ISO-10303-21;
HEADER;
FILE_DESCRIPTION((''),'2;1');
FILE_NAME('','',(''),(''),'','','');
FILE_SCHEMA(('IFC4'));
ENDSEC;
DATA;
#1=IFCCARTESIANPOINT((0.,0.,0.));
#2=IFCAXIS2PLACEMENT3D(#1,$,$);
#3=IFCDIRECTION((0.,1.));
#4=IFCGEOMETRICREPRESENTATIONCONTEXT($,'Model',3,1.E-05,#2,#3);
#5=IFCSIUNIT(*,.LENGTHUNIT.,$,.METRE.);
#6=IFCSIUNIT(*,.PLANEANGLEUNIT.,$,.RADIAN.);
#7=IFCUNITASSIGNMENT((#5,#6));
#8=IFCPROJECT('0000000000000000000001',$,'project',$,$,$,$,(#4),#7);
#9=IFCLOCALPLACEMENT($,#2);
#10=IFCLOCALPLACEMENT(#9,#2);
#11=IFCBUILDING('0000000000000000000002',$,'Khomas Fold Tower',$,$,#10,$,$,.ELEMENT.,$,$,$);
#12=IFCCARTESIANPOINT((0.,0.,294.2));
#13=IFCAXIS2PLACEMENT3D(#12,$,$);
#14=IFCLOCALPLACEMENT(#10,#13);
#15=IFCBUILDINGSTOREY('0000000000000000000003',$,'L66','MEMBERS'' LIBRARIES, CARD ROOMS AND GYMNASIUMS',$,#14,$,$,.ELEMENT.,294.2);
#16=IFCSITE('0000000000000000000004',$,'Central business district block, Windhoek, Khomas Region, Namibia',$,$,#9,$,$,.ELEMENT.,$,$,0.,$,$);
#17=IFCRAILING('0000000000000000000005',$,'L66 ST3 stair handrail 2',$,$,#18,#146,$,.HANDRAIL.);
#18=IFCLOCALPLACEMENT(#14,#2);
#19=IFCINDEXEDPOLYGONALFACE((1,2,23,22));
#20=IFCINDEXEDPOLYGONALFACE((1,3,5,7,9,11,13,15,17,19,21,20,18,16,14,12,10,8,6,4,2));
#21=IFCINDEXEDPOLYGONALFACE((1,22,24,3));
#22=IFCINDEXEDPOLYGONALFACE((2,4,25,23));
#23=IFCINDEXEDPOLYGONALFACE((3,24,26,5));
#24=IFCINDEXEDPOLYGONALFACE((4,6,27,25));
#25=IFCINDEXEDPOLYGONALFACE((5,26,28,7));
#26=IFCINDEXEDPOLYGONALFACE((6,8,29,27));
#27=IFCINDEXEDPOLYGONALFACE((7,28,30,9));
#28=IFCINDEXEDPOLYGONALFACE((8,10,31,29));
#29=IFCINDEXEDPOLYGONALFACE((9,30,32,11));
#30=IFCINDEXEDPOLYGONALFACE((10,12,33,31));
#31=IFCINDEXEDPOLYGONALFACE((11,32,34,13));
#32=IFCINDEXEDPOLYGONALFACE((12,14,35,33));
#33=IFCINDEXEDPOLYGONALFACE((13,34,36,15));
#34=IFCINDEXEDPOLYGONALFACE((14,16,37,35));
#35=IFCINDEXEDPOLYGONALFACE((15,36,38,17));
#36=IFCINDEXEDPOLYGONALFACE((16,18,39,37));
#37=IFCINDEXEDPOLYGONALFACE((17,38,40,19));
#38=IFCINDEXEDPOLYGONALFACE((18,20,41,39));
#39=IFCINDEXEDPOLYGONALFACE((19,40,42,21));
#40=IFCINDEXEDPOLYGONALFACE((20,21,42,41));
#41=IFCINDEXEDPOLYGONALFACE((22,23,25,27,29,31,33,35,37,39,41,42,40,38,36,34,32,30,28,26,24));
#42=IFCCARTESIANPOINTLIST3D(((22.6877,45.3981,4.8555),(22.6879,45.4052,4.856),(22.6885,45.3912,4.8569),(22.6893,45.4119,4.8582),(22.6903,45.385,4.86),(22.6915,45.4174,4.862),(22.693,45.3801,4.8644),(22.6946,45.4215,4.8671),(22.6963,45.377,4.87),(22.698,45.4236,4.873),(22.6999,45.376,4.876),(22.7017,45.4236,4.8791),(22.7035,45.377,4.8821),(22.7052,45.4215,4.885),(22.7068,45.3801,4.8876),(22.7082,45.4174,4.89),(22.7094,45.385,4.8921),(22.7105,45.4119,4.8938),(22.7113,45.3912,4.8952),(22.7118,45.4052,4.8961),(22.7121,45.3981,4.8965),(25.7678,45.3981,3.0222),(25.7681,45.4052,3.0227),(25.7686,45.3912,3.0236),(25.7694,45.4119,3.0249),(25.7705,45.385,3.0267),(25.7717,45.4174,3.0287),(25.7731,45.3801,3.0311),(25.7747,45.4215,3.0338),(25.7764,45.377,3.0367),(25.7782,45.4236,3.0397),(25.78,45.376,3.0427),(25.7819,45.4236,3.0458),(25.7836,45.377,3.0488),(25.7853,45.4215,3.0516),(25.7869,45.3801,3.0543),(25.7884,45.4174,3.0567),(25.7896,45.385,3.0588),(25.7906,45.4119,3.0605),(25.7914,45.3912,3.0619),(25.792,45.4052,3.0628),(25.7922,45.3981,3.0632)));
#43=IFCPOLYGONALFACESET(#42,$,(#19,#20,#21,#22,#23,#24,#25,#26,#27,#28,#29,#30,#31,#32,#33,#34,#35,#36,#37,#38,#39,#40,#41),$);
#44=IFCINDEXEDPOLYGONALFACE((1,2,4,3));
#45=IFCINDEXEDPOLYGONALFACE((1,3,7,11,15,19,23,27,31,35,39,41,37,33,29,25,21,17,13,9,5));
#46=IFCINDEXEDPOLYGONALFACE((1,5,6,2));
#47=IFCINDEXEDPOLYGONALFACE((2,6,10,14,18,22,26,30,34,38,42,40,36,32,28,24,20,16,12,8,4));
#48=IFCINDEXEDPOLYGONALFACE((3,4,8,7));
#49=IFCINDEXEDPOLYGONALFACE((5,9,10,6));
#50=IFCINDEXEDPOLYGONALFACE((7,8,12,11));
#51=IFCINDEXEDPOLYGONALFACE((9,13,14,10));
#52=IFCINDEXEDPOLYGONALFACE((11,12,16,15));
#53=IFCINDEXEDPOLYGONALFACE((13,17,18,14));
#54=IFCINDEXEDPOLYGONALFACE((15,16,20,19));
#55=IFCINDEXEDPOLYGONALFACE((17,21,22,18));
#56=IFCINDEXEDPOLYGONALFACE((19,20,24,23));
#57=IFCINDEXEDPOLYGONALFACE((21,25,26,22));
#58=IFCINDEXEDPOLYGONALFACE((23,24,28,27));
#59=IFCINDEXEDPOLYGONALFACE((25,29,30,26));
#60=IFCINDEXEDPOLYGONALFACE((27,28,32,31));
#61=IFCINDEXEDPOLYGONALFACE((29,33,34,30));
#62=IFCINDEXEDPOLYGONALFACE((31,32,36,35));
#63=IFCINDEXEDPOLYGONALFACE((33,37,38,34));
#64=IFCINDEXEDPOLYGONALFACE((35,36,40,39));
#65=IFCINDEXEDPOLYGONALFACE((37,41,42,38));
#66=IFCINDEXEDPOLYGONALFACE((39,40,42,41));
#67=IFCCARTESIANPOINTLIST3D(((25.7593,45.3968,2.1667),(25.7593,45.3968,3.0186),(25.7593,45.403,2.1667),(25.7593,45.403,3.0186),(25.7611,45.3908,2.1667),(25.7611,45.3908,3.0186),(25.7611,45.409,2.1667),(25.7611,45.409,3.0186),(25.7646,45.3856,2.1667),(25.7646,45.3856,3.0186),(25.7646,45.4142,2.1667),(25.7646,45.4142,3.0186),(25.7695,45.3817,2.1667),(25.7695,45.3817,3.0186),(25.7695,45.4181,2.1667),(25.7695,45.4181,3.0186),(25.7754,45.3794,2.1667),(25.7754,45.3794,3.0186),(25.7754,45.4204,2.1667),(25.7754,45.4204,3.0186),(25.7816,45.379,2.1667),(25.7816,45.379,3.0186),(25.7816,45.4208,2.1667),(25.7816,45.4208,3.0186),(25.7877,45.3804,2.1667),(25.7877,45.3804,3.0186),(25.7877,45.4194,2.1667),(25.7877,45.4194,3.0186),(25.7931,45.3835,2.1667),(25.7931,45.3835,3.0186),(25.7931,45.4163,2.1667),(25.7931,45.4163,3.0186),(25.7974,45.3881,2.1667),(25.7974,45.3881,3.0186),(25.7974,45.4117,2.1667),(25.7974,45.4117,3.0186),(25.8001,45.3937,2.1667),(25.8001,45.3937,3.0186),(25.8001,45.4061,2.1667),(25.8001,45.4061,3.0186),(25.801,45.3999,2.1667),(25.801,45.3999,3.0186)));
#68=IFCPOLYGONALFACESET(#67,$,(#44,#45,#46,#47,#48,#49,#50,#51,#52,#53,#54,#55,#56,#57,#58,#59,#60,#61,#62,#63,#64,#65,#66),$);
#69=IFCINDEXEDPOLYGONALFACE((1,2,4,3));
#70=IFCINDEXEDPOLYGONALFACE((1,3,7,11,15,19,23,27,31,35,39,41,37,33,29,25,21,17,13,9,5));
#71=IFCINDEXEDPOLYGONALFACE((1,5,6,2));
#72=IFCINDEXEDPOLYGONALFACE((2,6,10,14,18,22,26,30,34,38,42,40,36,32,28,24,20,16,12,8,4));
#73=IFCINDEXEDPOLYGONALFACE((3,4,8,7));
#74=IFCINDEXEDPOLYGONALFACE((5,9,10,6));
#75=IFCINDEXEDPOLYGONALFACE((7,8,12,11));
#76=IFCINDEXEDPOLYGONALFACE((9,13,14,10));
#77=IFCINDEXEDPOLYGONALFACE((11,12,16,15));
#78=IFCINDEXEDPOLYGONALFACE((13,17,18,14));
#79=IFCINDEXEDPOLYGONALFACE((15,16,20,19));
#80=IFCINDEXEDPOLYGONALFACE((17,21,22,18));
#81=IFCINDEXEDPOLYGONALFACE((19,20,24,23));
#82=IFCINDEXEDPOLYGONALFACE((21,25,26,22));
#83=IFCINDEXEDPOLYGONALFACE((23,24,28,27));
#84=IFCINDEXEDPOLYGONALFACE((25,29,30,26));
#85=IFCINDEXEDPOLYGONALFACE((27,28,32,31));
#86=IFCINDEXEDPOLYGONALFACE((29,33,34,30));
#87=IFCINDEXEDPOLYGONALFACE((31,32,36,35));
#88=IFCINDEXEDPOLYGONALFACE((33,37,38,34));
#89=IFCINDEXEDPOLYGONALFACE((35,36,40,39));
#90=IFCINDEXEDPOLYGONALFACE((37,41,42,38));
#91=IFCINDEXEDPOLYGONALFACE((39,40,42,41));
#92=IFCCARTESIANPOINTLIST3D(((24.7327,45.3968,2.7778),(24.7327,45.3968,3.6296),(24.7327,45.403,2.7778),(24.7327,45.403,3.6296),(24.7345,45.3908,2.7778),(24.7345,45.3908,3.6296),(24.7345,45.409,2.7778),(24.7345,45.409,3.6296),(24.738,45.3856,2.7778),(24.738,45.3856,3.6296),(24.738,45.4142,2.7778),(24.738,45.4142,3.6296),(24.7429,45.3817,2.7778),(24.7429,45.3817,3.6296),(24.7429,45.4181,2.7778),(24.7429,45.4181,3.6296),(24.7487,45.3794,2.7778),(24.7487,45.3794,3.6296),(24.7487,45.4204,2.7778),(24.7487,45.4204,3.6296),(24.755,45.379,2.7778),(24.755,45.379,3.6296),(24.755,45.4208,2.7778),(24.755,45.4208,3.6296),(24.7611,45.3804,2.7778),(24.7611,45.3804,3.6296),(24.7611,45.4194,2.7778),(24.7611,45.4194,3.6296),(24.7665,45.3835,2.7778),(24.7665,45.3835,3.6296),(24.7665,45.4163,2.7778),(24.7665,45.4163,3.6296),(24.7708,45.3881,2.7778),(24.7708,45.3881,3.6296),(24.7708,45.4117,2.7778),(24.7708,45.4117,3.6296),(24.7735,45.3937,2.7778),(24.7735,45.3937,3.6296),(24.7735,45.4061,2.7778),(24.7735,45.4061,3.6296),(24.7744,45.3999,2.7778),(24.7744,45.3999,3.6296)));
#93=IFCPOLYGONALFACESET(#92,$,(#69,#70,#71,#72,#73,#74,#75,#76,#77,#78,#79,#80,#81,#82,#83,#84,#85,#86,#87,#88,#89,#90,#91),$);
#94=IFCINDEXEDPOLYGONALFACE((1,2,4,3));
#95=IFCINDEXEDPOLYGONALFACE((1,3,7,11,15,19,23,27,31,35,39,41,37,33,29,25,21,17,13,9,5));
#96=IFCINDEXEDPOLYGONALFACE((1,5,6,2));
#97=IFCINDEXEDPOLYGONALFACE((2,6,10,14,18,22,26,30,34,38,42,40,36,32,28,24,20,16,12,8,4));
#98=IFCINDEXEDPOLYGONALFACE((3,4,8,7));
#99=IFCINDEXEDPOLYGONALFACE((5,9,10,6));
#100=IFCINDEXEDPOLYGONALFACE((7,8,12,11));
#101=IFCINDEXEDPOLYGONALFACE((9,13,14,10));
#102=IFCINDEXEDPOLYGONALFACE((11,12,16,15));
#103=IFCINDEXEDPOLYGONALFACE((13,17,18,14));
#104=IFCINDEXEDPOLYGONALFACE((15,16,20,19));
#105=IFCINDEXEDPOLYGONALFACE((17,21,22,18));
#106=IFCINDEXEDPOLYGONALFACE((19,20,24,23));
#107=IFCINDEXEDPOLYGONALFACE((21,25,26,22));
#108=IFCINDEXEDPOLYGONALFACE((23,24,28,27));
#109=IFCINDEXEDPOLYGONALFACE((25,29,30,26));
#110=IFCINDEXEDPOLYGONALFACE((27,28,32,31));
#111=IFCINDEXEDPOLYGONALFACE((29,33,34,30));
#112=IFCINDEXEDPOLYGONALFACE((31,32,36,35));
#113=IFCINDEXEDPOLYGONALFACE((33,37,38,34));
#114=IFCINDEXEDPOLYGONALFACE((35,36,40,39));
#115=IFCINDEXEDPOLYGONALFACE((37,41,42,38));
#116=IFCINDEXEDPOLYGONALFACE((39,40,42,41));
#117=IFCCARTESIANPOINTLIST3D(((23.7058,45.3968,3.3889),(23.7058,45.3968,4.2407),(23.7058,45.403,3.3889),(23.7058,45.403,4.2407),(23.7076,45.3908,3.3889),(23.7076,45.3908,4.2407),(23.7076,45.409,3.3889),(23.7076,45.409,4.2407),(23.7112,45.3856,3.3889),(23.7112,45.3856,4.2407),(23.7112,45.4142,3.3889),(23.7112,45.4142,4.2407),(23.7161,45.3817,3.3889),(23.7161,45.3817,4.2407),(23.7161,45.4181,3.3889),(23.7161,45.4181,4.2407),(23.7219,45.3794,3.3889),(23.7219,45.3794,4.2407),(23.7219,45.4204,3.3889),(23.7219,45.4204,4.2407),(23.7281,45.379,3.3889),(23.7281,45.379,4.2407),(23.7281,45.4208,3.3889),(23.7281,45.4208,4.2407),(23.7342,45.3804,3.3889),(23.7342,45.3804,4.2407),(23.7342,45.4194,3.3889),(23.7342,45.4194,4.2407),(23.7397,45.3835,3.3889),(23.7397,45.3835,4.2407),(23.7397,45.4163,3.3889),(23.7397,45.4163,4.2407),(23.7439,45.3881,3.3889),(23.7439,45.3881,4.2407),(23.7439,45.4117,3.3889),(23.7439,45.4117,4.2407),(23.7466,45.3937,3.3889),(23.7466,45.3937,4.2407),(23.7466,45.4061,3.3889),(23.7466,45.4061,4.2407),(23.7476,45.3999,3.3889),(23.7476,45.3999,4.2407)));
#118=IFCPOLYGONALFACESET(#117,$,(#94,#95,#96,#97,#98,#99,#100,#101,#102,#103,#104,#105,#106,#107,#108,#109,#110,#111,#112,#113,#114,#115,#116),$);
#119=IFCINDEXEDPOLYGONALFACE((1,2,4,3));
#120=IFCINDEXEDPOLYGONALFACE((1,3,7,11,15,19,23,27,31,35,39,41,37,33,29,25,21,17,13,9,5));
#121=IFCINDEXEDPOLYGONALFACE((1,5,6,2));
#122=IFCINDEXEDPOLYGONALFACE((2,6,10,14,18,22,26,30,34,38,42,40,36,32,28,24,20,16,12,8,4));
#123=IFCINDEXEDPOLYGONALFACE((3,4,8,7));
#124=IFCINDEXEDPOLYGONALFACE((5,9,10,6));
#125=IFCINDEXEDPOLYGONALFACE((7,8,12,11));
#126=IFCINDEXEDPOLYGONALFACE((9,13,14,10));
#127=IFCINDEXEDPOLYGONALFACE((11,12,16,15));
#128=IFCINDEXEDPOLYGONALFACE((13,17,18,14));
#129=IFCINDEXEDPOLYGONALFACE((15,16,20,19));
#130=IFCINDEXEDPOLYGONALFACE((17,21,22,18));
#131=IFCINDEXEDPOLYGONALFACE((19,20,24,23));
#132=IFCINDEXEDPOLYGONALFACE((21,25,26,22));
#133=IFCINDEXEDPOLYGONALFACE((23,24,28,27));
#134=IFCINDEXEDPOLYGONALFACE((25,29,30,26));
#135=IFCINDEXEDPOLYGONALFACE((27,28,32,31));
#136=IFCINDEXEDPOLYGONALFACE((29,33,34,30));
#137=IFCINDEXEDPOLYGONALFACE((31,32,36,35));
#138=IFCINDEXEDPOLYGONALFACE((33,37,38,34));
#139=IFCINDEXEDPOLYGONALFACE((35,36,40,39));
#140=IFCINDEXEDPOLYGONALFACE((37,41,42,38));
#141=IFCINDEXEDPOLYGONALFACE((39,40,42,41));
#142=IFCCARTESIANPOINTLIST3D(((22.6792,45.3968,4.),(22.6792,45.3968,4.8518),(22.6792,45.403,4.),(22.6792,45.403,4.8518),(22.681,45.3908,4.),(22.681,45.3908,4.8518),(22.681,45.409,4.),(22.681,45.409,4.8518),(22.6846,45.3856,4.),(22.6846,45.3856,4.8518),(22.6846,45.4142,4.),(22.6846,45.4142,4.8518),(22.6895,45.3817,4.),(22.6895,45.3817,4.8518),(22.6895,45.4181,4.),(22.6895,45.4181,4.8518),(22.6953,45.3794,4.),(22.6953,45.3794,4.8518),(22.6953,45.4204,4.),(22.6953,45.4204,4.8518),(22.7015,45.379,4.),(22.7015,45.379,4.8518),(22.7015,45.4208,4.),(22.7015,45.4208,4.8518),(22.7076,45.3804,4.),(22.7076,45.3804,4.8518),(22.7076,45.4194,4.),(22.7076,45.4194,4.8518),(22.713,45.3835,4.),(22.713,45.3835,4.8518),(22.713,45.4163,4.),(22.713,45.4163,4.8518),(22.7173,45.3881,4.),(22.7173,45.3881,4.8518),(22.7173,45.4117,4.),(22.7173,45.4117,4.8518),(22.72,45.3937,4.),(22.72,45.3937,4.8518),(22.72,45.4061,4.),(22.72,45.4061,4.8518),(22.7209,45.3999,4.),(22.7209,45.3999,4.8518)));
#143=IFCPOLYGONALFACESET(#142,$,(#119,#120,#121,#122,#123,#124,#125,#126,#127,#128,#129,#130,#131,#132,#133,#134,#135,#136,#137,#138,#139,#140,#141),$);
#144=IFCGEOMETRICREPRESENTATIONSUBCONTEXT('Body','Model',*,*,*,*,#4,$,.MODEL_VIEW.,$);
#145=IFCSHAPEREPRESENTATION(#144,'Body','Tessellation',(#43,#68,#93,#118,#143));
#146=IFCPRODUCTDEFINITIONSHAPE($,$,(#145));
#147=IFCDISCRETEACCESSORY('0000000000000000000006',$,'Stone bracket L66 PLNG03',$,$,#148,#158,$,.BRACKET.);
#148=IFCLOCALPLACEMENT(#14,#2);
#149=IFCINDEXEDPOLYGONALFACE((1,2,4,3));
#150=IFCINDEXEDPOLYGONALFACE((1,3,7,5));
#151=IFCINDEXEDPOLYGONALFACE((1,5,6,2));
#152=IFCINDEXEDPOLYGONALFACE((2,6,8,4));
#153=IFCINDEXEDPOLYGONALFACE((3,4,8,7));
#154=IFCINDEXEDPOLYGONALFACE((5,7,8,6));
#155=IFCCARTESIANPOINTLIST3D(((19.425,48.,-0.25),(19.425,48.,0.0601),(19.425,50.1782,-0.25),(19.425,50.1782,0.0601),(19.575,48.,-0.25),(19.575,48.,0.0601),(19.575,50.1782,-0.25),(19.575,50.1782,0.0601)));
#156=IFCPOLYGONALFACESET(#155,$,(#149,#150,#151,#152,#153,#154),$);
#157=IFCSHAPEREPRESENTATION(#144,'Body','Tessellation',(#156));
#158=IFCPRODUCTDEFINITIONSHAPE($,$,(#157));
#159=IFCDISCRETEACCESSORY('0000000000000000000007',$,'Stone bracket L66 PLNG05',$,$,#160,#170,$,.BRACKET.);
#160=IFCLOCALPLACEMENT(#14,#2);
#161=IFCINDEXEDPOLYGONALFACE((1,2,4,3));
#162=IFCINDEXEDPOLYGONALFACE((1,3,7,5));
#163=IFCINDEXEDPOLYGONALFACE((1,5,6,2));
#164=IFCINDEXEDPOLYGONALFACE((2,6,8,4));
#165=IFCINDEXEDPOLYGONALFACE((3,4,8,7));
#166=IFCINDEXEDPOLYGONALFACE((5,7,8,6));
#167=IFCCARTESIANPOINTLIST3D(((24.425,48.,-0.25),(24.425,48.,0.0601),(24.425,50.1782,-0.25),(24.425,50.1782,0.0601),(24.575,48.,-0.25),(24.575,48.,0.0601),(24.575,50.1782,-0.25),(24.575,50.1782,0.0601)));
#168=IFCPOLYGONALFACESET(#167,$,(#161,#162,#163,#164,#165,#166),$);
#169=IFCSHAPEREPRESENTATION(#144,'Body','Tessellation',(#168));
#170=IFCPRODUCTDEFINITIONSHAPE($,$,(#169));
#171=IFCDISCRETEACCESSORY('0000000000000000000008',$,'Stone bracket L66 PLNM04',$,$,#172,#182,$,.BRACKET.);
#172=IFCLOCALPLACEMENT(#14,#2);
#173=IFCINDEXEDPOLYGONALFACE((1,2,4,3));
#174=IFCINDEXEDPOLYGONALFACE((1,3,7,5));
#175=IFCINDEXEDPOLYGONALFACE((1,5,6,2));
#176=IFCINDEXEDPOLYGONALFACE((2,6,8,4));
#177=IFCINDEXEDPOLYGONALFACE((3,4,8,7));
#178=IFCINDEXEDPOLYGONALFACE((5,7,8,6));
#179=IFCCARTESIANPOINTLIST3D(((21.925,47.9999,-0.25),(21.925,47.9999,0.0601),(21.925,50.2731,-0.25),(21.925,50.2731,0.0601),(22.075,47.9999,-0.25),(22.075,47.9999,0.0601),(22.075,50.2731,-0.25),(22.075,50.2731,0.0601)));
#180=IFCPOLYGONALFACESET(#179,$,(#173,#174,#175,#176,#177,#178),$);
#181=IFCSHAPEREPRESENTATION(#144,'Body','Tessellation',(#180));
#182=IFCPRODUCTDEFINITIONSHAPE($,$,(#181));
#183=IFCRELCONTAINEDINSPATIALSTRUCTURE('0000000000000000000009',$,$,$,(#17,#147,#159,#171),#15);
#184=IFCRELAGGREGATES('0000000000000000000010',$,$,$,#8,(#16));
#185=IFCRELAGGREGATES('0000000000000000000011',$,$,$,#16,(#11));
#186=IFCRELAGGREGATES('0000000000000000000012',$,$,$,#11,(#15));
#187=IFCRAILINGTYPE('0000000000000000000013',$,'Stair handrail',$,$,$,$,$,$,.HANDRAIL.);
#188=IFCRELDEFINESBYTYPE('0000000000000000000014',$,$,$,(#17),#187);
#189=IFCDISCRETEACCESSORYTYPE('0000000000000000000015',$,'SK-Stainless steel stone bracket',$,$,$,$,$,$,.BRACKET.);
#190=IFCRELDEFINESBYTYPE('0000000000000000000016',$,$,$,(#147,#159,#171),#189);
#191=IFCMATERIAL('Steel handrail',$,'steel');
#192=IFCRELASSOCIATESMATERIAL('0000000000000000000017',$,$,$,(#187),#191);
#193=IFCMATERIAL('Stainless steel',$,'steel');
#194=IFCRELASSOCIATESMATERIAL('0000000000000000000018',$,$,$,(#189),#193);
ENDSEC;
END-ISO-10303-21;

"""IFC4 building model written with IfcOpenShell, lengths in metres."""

from ifc_helpers import new_model, si_unit, direction, frame, origin, origin_2d, place, context, subcontext, project, spatial, rectangle, circle, extrude, source, transform, mapped, material, type_object, element, save


model = new_model("IFC4")

# Units and contexts
model_context = context("Model", 3, precision=1e-05, world=origin(), true_north=direction((0.0, 1.0)))
body_context = subcontext(model_context, "Body", "Model", "MODEL_VIEW")
ifc_project = project(units=[si_unit("LENGTHUNIT", "METRE"), si_unit("PLANEANGLEUNIT", "RADIAN")], contexts=[model_context])

# Site, building, storey
site_placement = place(None, origin())
site = spatial("IfcSite", under=ifc_project, at=site_placement, Name="Central business district block, Windhoek, Khomas Region, Namibia", CompositionType="ELEMENT", RefElevation=0.0)
building_placement = place(site_placement, origin())
building = spatial("IfcBuilding", under=site, at=building_placement, Name="Khomas Fold Tower", CompositionType="ELEMENT")
storey_placement = place(building_placement, frame((0.0, 0.0, 294.2)))
storey = spatial("IfcBuildingStorey", under=building, at=storey_placement, Name="L66", Description="MEMBERS' LIBRARIES, CARD ROOMS AND GYMNASIUMS", CompositionType="ELEMENT", Elevation=294.2)

# Railing
ifc_material_1 = material(Name="Steel handrail", Category="steel")
railing_type_1 = type_object("IfcRailingType", Name="Stair handrail", PredefinedType="HANDRAIL", material=ifc_material_1)
shared_shape_1 = source(origin(), body_context, "Body", "SweptSolid", [
    extrude(circle(Radius=0.0239, at=origin_2d()), frame((0.0, 0.0, 0.876), z_axis=(-0.859309, 0.0, 0.511458), x_axis=(0.0, -1.0, 0.0)), (0.0, 0.0, 1.0), 3.5845),
    extrude(circle(Radius=0.021, at=origin_2d()), origin(), (0.0, 0.0, 1.0), 0.8518),
    extrude(circle(Radius=0.021, at=origin_2d()), frame((-1.0266, 0.0, 0.6111)), (0.0, 0.0, 1.0), 0.8518),
    extrude(circle(Radius=0.021, at=origin_2d()), frame((-2.0535, 0.0, 1.2222)), (0.0, 0.0, 1.0), 0.8518),
    extrude(circle(Radius=0.021, at=origin_2d()), frame((-3.0801, 0.0, 1.8333)), (0.0, 0.0, 1.0), 0.8518),
])
railing_1_placement = place(storey_placement, frame((25.78, 45.3999, 2.1667)))
element("IfcRailing", 1, at=railing_1_placement, inside=storey, type_object=railing_type_1, Name="L66 ST3 stair handrail 2", PredefinedType="HANDRAIL", context=body_context, shape_type="MappedRepresentation", body=[
    mapped(shared_shape_1, transform((0.0, 0.0, 0.0))),
])

# Discrete accessories
ifc_material_2 = material(Name="Stainless steel", Category="steel")
discrete_accessory_type = type_object("IfcDiscreteAccessoryType", Name="SK-Stainless steel stone bracket", PredefinedType="BRACKET", material=ifc_material_2)
shared_shape_2 = source(origin(), body_context, "Body", "SweptSolid", [
    extrude(rectangle(XDim=2.1782, YDim=0.1499, at=origin_2d()), origin(), (0.0, 0.0, 1.0), 0.3101),
])
for number, where, z_axis, x_axis, name in (
    (2, (19.5, 49.0891, -0.25), (0.0, 0.0, 1.0), (0.0, 1.0, 0.0), "Stone bracket L66 PLNG03"),
    (3, (24.5, 49.0891, -0.25), (0.0, 0.0, 1.0), (0.0, 1.0, 0.0), "Stone bracket L66 PLNG05"),
):
    element("IfcDiscreteAccessory", number, at=place(storey_placement, frame(where, z_axis=z_axis, x_axis=x_axis)), inside=storey, type_object=discrete_accessory_type, Name=name, PredefinedType="BRACKET", context=body_context, shape_type="MappedRepresentation", body=[
        mapped(shared_shape_2, transform((0.0, 0.0, 0.0))),
    ])
shared_shape_3 = source(origin(), body_context, "Body", "SweptSolid", [
    extrude(rectangle(XDim=2.2732, YDim=0.1499, at=origin_2d()), origin(), (0.0, 0.0, 1.0), 0.3101),
])
discrete_accessory_placement = place(storey_placement, frame((22.0, 49.1365, -0.25), z_axis=(0.0, 0.0, 1.0), x_axis=(0.0, 1.0, 0.0)))
element("IfcDiscreteAccessory", 4, at=discrete_accessory_placement, inside=storey, type_object=discrete_accessory_type, Name="Stone bracket L66 PLNM04", PredefinedType="BRACKET", context=body_context, shape_type="MappedRepresentation", body=[
    mapped(shared_shape_3, transform((0.0, 0.0, 0.0))),
])

save(model, "model.ifc")
